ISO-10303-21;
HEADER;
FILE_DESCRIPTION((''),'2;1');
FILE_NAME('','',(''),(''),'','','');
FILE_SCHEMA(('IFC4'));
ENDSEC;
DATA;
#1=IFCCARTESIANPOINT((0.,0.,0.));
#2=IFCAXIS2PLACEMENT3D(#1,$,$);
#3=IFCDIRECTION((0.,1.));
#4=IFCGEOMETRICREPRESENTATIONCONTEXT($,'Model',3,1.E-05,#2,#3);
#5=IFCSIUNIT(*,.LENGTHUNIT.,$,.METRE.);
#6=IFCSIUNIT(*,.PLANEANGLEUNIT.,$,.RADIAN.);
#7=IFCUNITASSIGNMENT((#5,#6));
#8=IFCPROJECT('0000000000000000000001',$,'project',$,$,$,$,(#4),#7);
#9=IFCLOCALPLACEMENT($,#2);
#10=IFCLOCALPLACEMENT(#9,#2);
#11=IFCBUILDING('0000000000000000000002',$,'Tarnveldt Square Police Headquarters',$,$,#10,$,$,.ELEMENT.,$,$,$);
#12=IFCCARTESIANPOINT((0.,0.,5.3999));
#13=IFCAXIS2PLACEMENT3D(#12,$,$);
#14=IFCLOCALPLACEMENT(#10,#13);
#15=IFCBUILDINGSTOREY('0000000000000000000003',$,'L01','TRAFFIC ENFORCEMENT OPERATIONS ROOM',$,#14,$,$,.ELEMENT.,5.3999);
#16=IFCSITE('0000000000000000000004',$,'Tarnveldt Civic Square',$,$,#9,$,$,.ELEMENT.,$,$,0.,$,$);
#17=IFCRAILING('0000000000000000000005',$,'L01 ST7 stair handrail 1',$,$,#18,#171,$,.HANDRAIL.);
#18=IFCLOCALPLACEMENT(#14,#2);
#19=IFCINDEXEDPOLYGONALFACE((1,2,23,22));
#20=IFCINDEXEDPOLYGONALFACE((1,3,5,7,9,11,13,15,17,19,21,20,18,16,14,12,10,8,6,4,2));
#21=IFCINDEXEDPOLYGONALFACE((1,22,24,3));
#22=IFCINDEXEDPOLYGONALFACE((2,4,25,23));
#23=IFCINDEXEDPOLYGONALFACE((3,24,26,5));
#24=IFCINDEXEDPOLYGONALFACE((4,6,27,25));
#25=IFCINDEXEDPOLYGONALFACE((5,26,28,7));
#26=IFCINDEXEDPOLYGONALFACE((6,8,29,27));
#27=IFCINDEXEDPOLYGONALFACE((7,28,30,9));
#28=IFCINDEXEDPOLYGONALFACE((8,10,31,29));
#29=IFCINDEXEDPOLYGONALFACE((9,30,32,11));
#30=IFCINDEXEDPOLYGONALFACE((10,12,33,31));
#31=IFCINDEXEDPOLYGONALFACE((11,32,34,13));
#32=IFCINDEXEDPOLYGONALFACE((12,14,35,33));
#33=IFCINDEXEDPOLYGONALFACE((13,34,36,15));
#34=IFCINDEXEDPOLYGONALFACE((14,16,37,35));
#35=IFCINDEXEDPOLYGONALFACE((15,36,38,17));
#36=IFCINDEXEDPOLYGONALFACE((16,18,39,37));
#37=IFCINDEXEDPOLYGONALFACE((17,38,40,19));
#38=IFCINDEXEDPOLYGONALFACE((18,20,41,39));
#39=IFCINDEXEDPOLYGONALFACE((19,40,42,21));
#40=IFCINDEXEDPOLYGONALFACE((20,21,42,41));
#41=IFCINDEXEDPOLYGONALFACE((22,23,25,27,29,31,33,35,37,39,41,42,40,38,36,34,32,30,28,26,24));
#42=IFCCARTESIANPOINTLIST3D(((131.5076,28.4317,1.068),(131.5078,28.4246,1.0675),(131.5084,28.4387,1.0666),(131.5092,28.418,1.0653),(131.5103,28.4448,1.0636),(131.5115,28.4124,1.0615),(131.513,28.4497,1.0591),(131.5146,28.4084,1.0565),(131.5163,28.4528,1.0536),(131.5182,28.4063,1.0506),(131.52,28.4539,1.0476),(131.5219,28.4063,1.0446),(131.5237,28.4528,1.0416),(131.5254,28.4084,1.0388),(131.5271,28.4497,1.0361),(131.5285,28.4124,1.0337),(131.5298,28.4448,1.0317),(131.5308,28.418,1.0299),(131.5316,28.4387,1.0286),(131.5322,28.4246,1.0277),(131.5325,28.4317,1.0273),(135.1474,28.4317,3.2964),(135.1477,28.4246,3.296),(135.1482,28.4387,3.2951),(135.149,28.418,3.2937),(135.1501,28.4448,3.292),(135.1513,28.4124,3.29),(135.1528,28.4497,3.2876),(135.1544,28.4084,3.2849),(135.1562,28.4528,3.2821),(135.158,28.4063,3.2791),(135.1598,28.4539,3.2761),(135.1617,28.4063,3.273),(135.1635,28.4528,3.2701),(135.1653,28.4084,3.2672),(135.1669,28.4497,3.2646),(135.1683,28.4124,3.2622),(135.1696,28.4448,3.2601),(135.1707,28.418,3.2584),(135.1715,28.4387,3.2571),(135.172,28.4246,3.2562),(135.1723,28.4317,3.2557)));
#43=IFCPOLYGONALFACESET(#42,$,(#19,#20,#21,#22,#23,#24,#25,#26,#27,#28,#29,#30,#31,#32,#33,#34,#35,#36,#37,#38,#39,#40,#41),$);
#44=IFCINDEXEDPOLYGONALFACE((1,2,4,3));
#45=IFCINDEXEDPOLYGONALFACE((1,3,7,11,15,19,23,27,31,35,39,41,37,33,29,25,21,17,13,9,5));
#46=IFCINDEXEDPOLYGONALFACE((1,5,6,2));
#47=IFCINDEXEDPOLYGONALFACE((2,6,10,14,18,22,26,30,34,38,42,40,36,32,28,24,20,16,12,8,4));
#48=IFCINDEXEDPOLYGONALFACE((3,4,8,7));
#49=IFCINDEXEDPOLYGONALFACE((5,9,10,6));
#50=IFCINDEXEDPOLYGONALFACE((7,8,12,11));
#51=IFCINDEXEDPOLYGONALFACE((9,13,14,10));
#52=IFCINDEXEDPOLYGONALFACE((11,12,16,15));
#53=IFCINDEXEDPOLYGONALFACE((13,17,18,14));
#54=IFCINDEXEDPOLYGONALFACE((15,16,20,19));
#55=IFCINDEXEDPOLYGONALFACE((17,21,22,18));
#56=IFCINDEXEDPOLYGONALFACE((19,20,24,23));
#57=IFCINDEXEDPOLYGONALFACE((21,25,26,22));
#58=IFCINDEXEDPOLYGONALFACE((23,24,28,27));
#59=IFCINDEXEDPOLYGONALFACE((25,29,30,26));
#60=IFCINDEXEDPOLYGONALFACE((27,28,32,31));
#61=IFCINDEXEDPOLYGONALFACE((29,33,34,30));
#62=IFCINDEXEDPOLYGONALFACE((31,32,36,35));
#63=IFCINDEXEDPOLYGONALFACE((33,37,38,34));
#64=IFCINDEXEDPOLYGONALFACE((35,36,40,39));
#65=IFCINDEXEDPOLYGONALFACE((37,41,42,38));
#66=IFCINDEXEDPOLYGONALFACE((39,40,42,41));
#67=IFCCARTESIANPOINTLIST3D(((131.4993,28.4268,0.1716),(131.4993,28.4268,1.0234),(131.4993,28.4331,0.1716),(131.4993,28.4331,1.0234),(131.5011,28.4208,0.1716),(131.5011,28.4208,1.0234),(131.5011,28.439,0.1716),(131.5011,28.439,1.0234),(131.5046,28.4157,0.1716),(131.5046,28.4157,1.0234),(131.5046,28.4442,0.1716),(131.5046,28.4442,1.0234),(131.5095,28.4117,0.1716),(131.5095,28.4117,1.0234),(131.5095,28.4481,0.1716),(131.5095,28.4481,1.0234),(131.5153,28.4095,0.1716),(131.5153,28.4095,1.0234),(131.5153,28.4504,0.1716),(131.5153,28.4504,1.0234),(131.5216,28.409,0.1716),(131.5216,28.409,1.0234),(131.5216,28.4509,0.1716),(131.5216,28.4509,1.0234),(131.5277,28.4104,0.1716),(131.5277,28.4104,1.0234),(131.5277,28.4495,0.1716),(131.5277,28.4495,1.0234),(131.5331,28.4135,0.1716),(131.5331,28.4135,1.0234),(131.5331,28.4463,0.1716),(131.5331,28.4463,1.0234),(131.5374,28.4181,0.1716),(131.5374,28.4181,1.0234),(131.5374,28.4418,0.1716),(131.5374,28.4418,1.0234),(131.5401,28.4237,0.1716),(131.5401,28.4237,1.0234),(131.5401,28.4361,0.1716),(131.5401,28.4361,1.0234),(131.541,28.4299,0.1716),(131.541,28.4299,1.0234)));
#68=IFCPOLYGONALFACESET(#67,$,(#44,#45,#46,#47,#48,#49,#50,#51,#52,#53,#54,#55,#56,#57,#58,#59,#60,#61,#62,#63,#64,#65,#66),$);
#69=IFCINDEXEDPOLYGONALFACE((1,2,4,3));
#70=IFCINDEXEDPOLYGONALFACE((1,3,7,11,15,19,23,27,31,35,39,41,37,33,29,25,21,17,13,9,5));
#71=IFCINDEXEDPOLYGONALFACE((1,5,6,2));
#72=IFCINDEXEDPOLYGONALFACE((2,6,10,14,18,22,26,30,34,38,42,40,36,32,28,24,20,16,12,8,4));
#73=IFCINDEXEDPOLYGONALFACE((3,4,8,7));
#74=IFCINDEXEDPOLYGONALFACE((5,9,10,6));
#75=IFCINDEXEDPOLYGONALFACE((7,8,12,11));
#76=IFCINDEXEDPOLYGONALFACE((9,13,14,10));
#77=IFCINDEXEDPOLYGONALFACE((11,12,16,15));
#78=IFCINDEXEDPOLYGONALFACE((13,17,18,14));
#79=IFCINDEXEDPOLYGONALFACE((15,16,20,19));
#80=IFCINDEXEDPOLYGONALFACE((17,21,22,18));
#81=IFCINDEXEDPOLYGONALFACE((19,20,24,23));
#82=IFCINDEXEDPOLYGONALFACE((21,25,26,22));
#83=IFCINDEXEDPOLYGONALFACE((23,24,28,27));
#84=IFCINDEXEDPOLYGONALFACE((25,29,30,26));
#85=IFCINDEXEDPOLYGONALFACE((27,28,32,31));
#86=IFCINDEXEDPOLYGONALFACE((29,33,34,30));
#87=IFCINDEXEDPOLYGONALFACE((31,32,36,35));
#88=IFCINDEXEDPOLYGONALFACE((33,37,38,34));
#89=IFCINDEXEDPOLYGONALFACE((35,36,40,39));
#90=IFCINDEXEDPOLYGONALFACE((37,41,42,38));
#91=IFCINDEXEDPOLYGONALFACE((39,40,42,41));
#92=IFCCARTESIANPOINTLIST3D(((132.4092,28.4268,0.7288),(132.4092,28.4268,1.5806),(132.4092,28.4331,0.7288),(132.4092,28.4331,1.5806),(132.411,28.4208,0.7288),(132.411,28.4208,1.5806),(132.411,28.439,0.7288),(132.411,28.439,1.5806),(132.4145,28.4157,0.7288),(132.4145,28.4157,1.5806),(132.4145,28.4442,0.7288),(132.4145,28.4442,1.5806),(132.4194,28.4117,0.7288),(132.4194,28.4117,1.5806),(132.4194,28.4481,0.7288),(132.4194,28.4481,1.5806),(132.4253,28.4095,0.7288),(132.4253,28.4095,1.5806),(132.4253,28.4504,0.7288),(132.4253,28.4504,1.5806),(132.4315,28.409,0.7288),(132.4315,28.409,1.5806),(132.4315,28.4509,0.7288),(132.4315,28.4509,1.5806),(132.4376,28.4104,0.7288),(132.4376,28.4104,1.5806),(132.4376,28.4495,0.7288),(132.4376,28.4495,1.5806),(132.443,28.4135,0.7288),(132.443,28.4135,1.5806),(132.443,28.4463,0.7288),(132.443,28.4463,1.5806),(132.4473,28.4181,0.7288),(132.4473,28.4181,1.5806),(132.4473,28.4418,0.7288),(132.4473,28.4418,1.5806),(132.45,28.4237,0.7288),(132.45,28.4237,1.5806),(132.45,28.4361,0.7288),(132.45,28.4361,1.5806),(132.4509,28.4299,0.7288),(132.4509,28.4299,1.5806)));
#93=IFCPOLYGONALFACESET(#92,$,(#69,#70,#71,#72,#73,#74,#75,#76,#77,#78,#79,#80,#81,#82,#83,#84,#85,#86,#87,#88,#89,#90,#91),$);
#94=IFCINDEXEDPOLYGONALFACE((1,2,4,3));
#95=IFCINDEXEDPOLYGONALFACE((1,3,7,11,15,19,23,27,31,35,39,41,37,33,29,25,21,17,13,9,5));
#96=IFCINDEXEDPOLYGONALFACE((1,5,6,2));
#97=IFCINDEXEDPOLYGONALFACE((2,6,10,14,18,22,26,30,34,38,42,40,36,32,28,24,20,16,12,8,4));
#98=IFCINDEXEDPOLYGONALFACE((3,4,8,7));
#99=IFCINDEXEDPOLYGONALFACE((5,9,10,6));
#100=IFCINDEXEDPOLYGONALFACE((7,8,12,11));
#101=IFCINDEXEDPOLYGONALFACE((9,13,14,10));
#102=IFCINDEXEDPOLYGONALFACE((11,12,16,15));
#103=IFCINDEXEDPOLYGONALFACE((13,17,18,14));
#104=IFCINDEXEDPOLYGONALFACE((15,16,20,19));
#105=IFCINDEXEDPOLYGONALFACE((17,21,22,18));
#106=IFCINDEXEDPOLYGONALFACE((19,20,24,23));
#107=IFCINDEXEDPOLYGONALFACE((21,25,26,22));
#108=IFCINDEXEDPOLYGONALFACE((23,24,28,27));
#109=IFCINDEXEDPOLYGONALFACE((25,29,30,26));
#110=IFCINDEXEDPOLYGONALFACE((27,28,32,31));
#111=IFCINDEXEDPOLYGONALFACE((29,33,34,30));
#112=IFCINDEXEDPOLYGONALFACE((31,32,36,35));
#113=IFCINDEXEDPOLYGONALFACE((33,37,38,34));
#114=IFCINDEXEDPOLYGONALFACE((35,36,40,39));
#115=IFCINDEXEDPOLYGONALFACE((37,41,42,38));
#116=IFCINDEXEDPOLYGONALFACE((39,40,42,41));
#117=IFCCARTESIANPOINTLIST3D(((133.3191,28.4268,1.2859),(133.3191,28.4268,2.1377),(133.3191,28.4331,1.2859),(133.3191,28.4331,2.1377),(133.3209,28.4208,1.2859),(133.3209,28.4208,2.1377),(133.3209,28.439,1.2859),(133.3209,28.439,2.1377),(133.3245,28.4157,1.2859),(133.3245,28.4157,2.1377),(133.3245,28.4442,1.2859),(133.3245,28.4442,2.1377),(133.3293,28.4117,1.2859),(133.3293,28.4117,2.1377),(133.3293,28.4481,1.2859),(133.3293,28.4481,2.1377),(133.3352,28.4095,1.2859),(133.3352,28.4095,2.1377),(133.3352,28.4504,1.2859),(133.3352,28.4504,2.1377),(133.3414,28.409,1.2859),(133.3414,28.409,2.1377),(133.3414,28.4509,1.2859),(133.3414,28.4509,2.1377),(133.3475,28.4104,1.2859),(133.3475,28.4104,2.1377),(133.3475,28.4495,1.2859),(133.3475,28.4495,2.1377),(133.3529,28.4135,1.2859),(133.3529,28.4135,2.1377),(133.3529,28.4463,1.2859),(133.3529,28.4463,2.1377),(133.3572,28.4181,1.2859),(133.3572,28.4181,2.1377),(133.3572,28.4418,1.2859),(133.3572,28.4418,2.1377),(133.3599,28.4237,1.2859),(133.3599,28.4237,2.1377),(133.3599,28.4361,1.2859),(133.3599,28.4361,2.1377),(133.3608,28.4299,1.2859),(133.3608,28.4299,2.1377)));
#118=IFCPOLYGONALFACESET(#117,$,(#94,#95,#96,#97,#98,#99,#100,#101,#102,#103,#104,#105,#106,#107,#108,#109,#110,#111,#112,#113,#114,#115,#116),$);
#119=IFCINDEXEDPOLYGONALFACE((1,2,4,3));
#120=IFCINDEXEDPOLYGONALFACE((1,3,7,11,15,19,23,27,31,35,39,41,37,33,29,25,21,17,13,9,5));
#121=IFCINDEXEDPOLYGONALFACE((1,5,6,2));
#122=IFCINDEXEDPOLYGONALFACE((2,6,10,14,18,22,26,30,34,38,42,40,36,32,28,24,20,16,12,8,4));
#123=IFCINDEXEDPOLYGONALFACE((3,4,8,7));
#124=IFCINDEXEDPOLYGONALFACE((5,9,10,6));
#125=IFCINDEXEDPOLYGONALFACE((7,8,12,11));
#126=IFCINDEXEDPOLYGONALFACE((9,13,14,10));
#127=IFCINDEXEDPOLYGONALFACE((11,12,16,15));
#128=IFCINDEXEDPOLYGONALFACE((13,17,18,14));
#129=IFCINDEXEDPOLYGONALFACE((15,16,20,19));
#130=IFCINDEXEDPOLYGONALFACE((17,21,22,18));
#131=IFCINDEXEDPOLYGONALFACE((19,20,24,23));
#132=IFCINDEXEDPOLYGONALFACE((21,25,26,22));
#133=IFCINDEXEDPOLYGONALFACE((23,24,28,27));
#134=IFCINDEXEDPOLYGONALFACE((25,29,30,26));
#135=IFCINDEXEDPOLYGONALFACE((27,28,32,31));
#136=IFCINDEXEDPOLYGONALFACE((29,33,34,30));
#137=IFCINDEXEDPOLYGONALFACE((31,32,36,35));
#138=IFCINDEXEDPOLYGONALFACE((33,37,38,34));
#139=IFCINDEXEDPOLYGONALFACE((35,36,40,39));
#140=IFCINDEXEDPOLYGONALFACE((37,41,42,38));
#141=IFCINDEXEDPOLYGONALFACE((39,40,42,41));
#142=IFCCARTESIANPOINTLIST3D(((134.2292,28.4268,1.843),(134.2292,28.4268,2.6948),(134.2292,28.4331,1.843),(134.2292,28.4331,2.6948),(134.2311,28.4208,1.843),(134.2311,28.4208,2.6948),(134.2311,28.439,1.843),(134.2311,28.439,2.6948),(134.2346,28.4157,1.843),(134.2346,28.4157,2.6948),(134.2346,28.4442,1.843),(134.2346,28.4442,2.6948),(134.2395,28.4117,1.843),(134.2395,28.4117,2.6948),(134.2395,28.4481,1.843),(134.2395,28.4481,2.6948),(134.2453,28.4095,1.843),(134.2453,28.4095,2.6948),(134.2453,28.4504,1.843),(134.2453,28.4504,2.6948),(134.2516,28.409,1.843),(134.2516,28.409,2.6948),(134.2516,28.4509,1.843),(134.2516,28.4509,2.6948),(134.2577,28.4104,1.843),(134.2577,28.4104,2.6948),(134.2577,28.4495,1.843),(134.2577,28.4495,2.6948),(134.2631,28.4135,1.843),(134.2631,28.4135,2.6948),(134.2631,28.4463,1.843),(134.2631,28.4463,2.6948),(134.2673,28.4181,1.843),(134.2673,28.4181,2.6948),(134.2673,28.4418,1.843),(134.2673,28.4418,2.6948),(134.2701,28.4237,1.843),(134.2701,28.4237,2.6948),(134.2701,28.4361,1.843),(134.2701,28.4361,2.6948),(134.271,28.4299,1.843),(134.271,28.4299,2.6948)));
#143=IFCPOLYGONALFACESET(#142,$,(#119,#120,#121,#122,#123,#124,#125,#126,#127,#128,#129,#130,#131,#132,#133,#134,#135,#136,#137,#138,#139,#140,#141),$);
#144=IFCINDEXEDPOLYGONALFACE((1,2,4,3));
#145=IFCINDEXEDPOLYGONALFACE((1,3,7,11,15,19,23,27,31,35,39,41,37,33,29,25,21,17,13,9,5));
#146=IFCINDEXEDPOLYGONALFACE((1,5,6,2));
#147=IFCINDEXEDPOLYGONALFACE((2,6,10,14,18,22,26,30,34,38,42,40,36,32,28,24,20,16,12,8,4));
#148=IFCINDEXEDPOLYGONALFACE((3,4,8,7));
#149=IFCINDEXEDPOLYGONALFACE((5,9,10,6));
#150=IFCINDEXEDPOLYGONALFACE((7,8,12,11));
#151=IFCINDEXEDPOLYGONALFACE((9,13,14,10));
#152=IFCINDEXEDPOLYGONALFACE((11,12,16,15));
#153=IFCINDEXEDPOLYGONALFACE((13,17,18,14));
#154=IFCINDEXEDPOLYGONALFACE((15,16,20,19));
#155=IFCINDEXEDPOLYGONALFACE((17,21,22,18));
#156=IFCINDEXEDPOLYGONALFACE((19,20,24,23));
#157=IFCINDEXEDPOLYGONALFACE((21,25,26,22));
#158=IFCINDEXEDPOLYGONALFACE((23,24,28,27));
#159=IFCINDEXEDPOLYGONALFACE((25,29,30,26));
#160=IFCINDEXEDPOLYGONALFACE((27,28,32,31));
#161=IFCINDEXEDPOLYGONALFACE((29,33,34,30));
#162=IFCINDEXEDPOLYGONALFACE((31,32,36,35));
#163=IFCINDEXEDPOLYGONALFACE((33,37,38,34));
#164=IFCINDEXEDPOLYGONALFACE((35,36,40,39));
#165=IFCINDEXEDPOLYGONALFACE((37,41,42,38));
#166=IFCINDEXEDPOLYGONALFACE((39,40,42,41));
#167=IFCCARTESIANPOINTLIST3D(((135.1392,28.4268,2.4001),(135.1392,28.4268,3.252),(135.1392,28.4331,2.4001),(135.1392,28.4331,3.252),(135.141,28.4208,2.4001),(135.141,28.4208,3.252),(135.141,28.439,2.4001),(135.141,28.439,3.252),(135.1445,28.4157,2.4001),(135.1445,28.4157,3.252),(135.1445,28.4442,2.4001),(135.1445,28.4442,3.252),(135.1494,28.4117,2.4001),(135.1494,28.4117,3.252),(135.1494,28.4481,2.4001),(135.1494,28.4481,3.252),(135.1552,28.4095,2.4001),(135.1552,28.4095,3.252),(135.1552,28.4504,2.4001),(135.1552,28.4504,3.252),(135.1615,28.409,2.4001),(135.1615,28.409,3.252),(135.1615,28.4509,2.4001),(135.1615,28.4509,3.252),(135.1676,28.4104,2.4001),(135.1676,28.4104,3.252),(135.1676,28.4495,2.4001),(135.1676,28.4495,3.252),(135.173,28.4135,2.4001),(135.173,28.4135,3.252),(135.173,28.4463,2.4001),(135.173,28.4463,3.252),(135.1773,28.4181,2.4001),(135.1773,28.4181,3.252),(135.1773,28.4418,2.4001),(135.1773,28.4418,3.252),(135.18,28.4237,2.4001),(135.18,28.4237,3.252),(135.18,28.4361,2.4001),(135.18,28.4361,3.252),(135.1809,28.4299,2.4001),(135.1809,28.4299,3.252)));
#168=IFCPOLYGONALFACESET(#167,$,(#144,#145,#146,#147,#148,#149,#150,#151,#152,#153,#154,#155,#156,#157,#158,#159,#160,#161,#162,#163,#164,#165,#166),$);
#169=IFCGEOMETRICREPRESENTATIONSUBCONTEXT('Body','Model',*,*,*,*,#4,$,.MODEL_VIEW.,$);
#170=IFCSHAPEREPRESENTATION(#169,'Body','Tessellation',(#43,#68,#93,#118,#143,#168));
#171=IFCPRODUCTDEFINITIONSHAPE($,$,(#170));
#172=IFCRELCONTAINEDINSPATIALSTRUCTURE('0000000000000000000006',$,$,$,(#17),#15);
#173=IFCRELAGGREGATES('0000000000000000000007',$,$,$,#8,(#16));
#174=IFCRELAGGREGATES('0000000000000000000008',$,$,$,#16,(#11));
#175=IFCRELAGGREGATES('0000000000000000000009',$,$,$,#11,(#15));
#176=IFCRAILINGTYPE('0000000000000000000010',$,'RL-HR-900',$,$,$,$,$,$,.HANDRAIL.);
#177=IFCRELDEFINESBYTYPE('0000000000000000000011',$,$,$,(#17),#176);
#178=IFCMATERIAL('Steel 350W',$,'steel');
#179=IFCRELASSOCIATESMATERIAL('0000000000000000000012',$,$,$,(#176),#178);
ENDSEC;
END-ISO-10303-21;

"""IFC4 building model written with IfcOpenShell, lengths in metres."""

from ifc_helpers import new_model, si_unit, direction, frame, origin, origin_2d, place, context, subcontext, project, spatial, circle, extrude, material, type_object, element, save


model = new_model("IFC4")

# Units and contexts
model_context = context("Model", 3, precision=1e-05, world=origin(), true_north=direction((0.0, 1.0)))
body_context = subcontext(model_context, "Body", "Model", "MODEL_VIEW")
ifc_project = project(units=[si_unit("LENGTHUNIT", "METRE"), si_unit("PLANEANGLEUNIT", "RADIAN")], contexts=[model_context])

# Site, building, storey
site_placement = place(None, origin())
site = spatial("IfcSite", under=ifc_project, at=site_placement, Name="Tarnveldt Civic Square", CompositionType="ELEMENT", RefElevation=0.0)
building_placement = place(site_placement, origin())
building = spatial("IfcBuilding", under=site, at=building_placement, Name="Tarnveldt Square Police Headquarters", CompositionType="ELEMENT")
storey_placement = place(building_placement, frame((0.0, 0.0, 5.3999)))
storey = spatial("IfcBuildingStorey", under=building, at=storey_placement, Name="L01", Description="TRAFFIC ENFORCEMENT OPERATIONS ROOM", CompositionType="ELEMENT", Elevation=5.3999)

# Shared definitions
ifc_material_1 = material(Name="Steel 350W", Category="steel")

# Railing
railing_type_1 = type_object("IfcRailingType", Name="RL-HR-900", PredefinedType="HANDRAIL", material=ifc_material_1)
railing_1_placement = place(storey_placement, frame((131.52, 28.4299, 0.1716)))
element("IfcRailing", 1, at=railing_1_placement, inside=storey, type_object=railing_type_1, Name="L01 ST7 stair handrail 1", PredefinedType="HANDRAIL", context=body_context, shape_type="SweptSolid", body=[
    extrude(circle(Radius=0.0239, at=origin_2d()), frame((0.0, 0.0, 0.876), z_axis=(0.85285, 0.0, 0.522156), x_axis=(0.0, 1.0, 0.0)), (0.0, 0.0, 1.0), 4.2678),
    extrude(circle(Radius=0.021, at=origin_2d()), origin(), (0.0, 0.0, 1.0), 0.8518),
    extrude(circle(Radius=0.021, at=origin_2d()), frame((0.9099, 0.0, 0.5571)), (0.0, 0.0, 1.0), 0.8518),
    extrude(circle(Radius=0.021, at=origin_2d()), frame((1.8198, 0.0, 1.1143)), (0.0, 0.0, 1.0), 0.8518),
    extrude(circle(Radius=0.021, at=origin_2d()), frame((2.73, 0.0, 1.6714)), (0.0, 0.0, 1.0), 0.8518),
    extrude(circle(Radius=0.021, at=origin_2d()), frame((3.6399, 0.0, 2.2285)), (0.0, 0.0, 1.0), 0.8518),
])

save(model, "model.ifc")
